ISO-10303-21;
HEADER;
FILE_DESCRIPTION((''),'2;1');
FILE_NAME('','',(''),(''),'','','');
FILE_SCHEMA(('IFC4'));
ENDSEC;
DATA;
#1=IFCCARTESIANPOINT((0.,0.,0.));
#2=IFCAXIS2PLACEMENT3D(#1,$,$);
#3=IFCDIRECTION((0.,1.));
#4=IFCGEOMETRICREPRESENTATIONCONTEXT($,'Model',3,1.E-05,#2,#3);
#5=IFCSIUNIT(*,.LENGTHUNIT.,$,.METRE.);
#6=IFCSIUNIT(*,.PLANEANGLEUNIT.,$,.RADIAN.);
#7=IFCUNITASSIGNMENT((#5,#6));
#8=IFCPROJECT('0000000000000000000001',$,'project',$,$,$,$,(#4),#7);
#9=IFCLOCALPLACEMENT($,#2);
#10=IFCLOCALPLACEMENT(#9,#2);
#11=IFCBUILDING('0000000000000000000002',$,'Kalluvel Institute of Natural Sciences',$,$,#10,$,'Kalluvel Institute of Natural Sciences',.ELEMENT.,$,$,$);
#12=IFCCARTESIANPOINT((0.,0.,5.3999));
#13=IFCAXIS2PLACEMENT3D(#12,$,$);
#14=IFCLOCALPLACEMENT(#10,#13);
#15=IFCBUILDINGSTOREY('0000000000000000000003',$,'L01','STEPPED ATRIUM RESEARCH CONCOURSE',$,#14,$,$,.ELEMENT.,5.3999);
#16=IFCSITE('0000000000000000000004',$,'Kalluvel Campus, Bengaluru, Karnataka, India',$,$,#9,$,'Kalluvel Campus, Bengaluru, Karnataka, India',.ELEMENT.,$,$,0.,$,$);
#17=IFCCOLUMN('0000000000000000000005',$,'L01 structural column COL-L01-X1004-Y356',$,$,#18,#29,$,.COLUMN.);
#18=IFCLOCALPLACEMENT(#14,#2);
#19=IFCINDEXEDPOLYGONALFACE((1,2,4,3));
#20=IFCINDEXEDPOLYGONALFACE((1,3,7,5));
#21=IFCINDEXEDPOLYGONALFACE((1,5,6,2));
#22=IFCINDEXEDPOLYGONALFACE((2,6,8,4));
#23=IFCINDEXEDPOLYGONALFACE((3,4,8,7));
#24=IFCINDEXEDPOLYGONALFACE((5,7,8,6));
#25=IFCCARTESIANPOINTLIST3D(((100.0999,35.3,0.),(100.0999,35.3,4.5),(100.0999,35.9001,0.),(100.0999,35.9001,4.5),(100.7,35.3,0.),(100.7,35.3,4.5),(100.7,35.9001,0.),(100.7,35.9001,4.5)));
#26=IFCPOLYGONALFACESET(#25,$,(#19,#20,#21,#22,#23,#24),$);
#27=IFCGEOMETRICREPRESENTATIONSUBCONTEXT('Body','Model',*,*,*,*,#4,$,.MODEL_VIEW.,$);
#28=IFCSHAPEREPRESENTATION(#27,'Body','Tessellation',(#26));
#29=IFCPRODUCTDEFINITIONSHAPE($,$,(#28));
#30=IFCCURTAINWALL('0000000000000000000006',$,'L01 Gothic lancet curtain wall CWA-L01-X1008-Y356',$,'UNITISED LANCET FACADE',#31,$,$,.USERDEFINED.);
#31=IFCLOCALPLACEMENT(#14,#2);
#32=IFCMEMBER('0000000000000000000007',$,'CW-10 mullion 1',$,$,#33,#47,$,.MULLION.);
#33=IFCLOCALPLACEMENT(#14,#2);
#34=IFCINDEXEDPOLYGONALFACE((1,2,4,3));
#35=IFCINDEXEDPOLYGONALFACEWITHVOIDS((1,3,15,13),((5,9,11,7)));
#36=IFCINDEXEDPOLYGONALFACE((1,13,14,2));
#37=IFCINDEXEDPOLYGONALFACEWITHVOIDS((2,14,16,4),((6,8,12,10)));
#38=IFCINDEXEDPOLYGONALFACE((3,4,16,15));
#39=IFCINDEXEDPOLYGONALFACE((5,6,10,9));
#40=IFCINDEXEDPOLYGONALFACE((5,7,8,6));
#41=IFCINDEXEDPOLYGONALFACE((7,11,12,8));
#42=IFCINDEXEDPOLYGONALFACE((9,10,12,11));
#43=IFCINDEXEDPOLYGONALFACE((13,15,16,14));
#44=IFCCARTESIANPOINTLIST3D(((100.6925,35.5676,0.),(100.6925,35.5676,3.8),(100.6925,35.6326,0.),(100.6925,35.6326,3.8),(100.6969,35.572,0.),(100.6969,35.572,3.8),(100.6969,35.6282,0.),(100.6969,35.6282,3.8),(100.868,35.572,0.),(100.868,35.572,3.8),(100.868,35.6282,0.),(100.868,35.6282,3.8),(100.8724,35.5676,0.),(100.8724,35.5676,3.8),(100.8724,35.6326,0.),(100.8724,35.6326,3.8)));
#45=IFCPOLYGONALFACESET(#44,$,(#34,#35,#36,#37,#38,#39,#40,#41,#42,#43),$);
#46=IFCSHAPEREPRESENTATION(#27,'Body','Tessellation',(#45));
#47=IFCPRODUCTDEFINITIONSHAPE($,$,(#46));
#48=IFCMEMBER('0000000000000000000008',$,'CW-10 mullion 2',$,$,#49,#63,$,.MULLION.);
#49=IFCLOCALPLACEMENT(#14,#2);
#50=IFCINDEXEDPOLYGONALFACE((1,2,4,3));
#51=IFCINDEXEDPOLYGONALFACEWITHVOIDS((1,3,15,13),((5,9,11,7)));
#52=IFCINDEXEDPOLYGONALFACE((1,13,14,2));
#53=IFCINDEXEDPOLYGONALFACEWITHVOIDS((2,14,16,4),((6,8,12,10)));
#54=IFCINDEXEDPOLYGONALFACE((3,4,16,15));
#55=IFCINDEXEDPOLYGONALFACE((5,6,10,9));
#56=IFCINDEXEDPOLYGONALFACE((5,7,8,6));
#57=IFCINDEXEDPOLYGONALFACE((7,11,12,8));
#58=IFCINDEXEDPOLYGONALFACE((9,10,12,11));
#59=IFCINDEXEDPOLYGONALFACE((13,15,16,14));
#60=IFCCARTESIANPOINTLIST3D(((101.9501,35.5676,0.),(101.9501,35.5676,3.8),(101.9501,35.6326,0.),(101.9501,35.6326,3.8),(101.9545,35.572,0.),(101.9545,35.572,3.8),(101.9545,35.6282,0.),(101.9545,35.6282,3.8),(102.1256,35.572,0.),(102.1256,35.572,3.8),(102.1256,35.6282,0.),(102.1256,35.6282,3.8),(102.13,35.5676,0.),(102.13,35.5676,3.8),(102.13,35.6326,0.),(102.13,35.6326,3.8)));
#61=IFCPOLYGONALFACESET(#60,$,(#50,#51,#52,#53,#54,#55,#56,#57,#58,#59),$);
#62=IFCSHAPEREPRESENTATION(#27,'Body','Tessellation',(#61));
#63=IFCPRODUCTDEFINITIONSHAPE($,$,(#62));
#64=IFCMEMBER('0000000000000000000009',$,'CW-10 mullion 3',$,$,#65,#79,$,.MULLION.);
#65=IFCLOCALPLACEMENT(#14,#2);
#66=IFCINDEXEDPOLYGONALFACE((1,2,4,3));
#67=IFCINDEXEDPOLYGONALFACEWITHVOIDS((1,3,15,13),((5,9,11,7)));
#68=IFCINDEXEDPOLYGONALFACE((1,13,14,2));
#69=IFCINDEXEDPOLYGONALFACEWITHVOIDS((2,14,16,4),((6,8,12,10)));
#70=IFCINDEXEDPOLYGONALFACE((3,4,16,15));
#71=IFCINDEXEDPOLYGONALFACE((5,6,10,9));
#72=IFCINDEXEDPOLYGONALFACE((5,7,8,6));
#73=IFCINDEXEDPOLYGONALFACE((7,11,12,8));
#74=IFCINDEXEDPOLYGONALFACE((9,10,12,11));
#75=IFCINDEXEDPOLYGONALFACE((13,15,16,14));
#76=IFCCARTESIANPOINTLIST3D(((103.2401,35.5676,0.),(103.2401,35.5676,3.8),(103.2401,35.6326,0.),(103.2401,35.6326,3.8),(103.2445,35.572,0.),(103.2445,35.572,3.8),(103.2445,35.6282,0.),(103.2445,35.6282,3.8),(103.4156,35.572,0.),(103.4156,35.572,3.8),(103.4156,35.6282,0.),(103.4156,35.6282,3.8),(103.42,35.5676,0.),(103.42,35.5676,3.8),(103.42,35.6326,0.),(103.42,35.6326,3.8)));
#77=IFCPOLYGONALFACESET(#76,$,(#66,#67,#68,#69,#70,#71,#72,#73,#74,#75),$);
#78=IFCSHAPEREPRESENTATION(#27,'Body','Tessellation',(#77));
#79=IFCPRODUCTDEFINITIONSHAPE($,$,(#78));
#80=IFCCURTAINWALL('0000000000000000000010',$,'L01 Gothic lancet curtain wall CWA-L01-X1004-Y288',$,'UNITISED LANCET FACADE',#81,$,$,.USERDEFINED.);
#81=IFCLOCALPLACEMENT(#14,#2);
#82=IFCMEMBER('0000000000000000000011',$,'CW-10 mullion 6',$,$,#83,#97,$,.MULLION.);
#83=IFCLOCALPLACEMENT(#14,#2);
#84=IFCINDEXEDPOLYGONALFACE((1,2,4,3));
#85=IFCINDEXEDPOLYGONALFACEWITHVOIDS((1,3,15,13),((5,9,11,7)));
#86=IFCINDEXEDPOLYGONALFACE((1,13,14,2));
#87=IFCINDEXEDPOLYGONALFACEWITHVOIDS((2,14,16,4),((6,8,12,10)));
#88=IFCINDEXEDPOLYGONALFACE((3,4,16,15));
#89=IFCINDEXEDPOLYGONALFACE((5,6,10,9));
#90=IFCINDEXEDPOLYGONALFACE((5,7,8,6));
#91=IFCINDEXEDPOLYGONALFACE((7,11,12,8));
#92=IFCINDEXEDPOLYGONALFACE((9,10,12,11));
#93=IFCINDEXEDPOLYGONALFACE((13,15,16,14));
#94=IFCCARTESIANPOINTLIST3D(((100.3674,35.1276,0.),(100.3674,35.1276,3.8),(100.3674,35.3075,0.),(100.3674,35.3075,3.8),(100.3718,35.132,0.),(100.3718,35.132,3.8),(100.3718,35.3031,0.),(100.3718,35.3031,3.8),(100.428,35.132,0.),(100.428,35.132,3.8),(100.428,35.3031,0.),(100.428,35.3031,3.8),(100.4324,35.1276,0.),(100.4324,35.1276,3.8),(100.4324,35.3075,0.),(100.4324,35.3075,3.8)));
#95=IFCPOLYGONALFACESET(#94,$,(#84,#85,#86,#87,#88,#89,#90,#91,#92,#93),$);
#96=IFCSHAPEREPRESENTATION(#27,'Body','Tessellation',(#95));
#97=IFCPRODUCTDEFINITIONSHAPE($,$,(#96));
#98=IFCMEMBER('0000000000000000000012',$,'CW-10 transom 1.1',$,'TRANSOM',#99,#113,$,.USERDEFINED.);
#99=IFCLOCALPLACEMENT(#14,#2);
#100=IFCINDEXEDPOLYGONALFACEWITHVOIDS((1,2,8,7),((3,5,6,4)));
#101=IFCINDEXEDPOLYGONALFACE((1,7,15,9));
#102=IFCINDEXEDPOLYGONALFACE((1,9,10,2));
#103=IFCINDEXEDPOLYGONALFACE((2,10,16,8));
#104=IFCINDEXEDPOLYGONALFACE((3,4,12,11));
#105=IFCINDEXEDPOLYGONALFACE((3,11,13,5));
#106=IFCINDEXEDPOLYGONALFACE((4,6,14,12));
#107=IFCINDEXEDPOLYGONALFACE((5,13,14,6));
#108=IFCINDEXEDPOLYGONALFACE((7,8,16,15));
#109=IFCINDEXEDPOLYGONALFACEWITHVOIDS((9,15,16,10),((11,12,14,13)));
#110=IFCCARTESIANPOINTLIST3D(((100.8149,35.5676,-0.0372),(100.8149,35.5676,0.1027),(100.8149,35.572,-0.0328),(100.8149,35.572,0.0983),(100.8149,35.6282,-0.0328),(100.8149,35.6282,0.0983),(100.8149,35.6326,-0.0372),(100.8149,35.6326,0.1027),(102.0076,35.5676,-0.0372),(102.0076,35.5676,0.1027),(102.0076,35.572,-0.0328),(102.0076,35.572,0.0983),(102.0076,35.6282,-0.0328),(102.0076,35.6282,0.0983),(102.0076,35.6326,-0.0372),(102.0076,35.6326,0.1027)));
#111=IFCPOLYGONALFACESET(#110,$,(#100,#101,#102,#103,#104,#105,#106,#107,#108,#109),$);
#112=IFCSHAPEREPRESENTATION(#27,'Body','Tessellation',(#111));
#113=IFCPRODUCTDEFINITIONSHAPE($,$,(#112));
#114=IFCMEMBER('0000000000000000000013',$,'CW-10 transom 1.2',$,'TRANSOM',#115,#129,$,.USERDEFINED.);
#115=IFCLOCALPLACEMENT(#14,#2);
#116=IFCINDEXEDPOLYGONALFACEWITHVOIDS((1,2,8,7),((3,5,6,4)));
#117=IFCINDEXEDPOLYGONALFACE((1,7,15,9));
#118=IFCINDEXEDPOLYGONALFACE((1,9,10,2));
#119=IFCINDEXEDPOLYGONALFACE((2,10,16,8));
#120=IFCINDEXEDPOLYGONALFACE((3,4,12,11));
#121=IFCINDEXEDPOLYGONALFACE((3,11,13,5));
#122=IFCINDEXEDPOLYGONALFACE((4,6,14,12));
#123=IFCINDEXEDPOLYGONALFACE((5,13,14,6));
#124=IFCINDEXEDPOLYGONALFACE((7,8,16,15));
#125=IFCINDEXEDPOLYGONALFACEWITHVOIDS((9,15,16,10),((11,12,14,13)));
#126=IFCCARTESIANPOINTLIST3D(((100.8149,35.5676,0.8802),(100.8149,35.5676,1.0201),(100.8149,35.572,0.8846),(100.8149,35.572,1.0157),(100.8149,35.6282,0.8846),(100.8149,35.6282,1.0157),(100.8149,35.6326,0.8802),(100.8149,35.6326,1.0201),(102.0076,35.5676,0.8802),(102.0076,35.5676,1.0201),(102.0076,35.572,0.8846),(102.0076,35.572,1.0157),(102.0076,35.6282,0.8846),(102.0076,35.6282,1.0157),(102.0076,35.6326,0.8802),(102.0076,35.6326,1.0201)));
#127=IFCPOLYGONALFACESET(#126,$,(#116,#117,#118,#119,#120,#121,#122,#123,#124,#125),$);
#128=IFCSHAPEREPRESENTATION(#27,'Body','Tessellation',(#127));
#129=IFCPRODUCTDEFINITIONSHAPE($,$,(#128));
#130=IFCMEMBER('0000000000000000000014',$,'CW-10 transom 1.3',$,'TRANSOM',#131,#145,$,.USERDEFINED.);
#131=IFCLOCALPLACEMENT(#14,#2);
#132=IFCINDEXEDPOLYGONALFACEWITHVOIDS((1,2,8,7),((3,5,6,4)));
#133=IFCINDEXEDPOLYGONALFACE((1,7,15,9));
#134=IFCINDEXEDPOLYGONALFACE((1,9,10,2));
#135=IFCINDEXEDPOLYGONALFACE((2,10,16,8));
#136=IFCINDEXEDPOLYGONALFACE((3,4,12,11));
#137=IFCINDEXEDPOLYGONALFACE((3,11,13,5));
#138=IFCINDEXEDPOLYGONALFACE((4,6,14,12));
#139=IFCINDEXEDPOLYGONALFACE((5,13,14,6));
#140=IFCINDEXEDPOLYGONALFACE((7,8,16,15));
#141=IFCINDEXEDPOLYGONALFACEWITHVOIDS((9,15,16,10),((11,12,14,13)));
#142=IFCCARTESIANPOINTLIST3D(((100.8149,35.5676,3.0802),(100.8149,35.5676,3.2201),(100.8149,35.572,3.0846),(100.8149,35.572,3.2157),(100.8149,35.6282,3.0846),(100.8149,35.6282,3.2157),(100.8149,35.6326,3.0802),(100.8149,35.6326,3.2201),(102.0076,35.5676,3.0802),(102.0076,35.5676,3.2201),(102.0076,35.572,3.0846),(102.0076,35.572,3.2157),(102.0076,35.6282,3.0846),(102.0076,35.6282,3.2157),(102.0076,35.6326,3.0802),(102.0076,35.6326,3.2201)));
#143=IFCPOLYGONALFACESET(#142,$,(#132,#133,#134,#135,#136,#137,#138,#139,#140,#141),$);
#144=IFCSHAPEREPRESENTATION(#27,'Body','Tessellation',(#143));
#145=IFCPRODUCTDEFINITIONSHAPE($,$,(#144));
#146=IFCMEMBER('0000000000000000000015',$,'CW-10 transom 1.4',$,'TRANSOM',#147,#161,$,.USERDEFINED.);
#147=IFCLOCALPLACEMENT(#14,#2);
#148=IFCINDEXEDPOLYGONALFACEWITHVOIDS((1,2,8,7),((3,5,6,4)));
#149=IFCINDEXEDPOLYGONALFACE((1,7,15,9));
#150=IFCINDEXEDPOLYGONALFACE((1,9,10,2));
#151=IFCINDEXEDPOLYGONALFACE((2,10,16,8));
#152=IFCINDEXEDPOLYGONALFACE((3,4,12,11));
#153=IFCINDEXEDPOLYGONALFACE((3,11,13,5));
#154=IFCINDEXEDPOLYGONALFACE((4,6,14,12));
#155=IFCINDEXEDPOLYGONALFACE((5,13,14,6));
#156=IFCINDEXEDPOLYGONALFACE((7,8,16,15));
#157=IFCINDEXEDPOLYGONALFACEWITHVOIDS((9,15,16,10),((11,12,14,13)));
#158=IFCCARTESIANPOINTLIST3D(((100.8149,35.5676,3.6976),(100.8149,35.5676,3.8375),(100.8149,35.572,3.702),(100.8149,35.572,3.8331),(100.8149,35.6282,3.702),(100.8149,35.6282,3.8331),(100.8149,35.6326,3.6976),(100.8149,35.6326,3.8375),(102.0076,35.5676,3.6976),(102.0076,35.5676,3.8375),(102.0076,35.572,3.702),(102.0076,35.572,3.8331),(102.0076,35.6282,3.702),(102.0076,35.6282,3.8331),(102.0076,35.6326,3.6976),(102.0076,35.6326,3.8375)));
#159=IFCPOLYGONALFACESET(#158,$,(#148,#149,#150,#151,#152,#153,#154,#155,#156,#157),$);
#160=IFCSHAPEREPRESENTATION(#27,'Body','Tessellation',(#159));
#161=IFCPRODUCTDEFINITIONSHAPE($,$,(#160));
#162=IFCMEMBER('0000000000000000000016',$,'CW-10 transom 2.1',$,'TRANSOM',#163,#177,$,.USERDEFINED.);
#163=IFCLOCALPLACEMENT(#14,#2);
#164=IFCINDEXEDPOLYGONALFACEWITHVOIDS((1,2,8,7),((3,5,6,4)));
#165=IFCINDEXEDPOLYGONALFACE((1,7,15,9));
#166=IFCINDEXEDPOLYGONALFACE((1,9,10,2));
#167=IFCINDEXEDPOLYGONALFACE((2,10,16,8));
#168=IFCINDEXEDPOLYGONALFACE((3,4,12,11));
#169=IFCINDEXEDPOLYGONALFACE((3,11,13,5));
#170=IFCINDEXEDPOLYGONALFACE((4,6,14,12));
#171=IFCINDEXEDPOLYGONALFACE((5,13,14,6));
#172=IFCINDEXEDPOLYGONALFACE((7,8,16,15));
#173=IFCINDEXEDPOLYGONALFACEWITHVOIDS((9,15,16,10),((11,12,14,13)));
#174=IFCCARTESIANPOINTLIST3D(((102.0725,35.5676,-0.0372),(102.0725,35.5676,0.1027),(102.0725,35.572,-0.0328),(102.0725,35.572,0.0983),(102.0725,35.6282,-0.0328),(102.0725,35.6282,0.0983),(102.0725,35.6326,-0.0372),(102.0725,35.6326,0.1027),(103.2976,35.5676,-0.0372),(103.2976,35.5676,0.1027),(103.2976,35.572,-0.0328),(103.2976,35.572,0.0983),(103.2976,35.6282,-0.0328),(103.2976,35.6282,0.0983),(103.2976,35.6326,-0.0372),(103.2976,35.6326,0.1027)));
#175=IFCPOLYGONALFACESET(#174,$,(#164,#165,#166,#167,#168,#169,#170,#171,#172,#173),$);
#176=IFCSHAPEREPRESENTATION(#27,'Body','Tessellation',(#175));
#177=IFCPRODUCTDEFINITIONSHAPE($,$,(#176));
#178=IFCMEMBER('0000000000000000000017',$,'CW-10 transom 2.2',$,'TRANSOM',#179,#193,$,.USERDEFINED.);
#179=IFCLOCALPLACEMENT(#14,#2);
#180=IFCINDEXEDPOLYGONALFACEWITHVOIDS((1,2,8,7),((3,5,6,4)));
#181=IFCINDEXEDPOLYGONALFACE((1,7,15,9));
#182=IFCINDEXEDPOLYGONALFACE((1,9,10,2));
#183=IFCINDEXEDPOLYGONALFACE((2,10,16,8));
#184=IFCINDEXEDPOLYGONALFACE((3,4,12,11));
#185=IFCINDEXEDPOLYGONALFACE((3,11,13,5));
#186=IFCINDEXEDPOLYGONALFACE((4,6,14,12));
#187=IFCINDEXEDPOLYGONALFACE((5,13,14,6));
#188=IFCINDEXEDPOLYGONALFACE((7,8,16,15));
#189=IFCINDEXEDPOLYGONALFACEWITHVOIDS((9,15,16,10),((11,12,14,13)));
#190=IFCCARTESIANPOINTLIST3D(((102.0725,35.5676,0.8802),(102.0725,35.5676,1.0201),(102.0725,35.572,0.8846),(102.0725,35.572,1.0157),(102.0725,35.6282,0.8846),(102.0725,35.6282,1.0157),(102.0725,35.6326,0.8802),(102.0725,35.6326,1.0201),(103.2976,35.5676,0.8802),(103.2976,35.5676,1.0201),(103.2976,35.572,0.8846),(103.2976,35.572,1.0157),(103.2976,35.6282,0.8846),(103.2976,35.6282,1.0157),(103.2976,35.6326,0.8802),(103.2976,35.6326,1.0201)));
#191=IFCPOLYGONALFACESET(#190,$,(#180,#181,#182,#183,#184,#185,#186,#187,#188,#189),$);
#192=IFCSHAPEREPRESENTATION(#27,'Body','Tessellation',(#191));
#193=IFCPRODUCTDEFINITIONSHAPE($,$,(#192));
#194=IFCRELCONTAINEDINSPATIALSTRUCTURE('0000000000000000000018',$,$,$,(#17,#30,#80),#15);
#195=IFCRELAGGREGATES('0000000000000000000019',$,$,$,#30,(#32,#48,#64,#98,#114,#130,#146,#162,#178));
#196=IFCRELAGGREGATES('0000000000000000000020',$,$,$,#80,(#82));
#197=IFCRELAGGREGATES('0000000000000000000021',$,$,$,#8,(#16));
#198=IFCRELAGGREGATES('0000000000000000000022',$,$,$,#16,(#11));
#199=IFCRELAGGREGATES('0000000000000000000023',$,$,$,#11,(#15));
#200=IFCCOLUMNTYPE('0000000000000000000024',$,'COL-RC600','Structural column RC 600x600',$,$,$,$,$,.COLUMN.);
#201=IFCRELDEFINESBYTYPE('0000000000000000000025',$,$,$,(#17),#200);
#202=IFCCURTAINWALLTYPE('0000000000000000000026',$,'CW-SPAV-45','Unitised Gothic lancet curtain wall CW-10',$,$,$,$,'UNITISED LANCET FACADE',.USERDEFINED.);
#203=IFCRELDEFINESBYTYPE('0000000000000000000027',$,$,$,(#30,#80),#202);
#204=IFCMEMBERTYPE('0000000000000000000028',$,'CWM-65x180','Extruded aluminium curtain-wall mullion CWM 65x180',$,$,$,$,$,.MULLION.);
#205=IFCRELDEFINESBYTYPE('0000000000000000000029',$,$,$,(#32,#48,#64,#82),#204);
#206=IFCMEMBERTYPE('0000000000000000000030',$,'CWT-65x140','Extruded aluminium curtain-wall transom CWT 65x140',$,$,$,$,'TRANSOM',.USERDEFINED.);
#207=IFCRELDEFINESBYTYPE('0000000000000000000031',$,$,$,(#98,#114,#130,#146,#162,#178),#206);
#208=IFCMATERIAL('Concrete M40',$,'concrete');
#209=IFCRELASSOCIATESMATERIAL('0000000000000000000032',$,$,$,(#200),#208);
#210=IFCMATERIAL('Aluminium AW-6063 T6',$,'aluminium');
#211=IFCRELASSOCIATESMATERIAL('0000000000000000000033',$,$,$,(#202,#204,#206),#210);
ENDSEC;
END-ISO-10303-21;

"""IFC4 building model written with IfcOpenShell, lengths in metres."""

from ifc_helpers import new_model, si_unit, direction, frame, origin, origin_2d, place, context, subcontext, project, spatial, rectangle, hollow_rectangle, extrude, material, material_profile, profile_set, type_object, element, aggregate, save


model = new_model("IFC4")

# Units and contexts
model_context = context("Model", 3, precision=1e-05, world=origin(), true_north=direction((0.0, 1.0)))
body_context = subcontext(model_context, "Body", "Model", "MODEL_VIEW")
ifc_project = project(units=[si_unit("LENGTHUNIT", "METRE"), si_unit("PLANEANGLEUNIT", "RADIAN")], contexts=[model_context])

# Site, building, storey
site_placement = place(None, origin())
site = spatial("IfcSite", under=ifc_project, at=site_placement, Name="Kalluvel Campus, Bengaluru, Karnataka, India", LongName="Kalluvel Campus, Bengaluru, Karnataka, India", CompositionType="ELEMENT", RefElevation=0.0)
building_placement = place(site_placement, origin())
building = spatial("IfcBuilding", under=site, at=building_placement, Name="Kalluvel Institute of Natural Sciences", LongName="Kalluvel Institute of Natural Sciences", CompositionType="ELEMENT")
storey_placement = place(building_placement, frame((0.0, 0.0, 5.3999)))
storey = spatial("IfcBuildingStorey", under=building, at=storey_placement, Name="L01", Description="STEPPED ATRIUM RESEARCH CONCOURSE", CompositionType="ELEMENT", Elevation=5.3999)

# Column
ifc_material_1 = material(Name="Concrete M40", Category="concrete")
ifc_material_profile_1 = material_profile(ifc_material_1, rectangle(XDim=0.6001, YDim=0.6001, at=origin_2d()), Name="RC 600x600")
ifc_profile_set_1 = profile_set([ifc_material_profile_1], Name="Concrete M40")
column_type = type_object("IfcColumnType", Name="COL-RC600", Description="Structural column RC 600x600", PredefinedType="COLUMN", material=ifc_profile_set_1)
column_placement = place(storey_placement, frame((100.3999, 35.6001, 0.0), z_axis=(0.0, 0.0, 1.0), x_axis=(1.0, 0.0, 0.0)))
element("IfcColumn", 1, at=column_placement, inside=storey, type_object=column_type, Name="L01 structural column COL-L01-X1004-Y356", PredefinedType="COLUMN", context=body_context, shape_type="SweptSolid", body=[
    extrude(rectangle(XDim=0.6001, YDim=0.6001, at=origin_2d()), origin(), (0.0, 0.0, 1.0), 4.5),
])

# Curtain wall, members
ifc_material_2 = material(Name="Aluminium AW-6063 T6", Category="aluminium")
curtain_wall_type = type_object("IfcCurtainWallType", Name="CW-SPAV-45", Description="Unitised Gothic lancet curtain wall CW-10", ElementType="UNITISED LANCET FACADE", PredefinedType="USERDEFINED", material=ifc_material_2)
curtain_wall_1_placement = place(storey_placement, origin())
curtain_wall_1 = element("IfcCurtainWall", 2, at=curtain_wall_1_placement, inside=storey, type_object=curtain_wall_type, Name="L01 Gothic lancet curtain wall CWA-L01-X1008-Y356", ObjectType="UNITISED LANCET FACADE", PredefinedType="USERDEFINED")
ifc_material_profile_2 = material_profile(ifc_material_2, hollow_rectangle(XDim=0.0649, YDim=0.1799, WallThickness=0.0044, at=origin_2d()), Name="CWM 65x180")
ifc_profile_set_2 = profile_set([ifc_material_profile_2], Name="Aluminium AW-6063 T6")
member_type_1 = type_object("IfcMemberType", Name="CWM-65x180", Description="Extruded aluminium curtain-wall mullion CWM 65x180", PredefinedType="MULLION", material=ifc_profile_set_2)
member_1_placement = place(storey_placement, frame((100.7825, 35.6001, 0.0), z_axis=(0.0, 0.0, 1.0), x_axis=(0.0, 1.0, 0.0)))
member_1 = element("IfcMember", 3, at=member_1_placement, type_object=member_type_1, Name="CW-10 mullion 1", PredefinedType="MULLION", context=body_context, shape_type="SweptSolid", body=[
    extrude(hollow_rectangle(XDim=0.0649, YDim=0.1799, WallThickness=0.0044, at=origin_2d()), origin(), (0.0, 0.0, 1.0), 3.8),
])
member_2_placement = place(storey_placement, frame((102.04, 35.6001, 0.0), z_axis=(0.0, 0.0, 1.0), x_axis=(0.0, 1.0, 0.0)))
member_2 = element("IfcMember", 4, at=member_2_placement, type_object=member_type_1, Name="CW-10 mullion 2", PredefinedType="MULLION", context=body_context, shape_type="SweptSolid", body=[
    extrude(hollow_rectangle(XDim=0.0649, YDim=0.1799, WallThickness=0.0044, at=origin_2d()), origin(), (0.0, 0.0, 1.0), 3.8),
])
member_3_placement = place(storey_placement, frame((103.3301, 35.6001, 0.0), z_axis=(0.0, 0.0, 1.0), x_axis=(0.0, 1.0, 0.0)))
member_3 = element("IfcMember", 5, at=member_3_placement, type_object=member_type_1, Name="CW-10 mullion 3", PredefinedType="MULLION", context=body_context, shape_type="SweptSolid", body=[
    extrude(hollow_rectangle(XDim=0.0649, YDim=0.1799, WallThickness=0.0044, at=origin_2d()), origin(), (0.0, 0.0, 1.0), 3.8),
])

# Curtain wall, member
curtain_wall_2_placement = place(storey_placement, origin())
curtain_wall_2 = element("IfcCurtainWall", 6, at=curtain_wall_2_placement, inside=storey, type_object=curtain_wall_type, Name="L01 Gothic lancet curtain wall CWA-L01-X1004-Y288", ObjectType="UNITISED LANCET FACADE", PredefinedType="USERDEFINED")
member_4_placement = place(storey_placement, frame((100.3999, 35.2175, 0.0), z_axis=(0.0, 0.0, 1.0), x_axis=(-1.0, 0.0, 0.0)))
member_4 = element("IfcMember", 7, at=member_4_placement, type_object=member_type_1, Name="CW-10 mullion 6", PredefinedType="MULLION", context=body_context, shape_type="SweptSolid", body=[
    extrude(hollow_rectangle(XDim=0.0649, YDim=0.1799, WallThickness=0.0044, at=origin_2d()), origin(), (0.0, 0.0, 1.0), 3.8),
])

# Members
ifc_material_profile_3 = material_profile(ifc_material_2, hollow_rectangle(XDim=0.0649, YDim=0.1399, WallThickness=0.0044, at=origin_2d()), Name="CWT 65x140")
ifc_profile_set_3 = profile_set([ifc_material_profile_3], Name="Aluminium AW-6063 T6")
member_type_2 = type_object("IfcMemberType", Name="CWT-65x140", Description="Extruded aluminium curtain-wall transom CWT 65x140", ElementType="TRANSOM", PredefinedType="USERDEFINED", material=ifc_profile_set_3)
member_5_placement = place(storey_placement, frame((100.8149, 35.6001, 0.0327), z_axis=(1.0, 0.0, 0.0), x_axis=(0.0, 1.0, 0.0)))
member_5 = element("IfcMember", 8, at=member_5_placement, type_object=member_type_2, Name="CW-10 transom 1.1", ObjectType="TRANSOM", PredefinedType="USERDEFINED", context=body_context, shape_type="SweptSolid", body=[
    extrude(hollow_rectangle(XDim=0.0649, YDim=0.1399, WallThickness=0.0044, at=origin_2d()), origin(), (0.0, 0.0, 1.0), 1.1926),
])
member_6_placement = place(storey_placement, frame((100.8149, 35.6001, 0.9502), z_axis=(1.0, 0.0, 0.0), x_axis=(0.0, 1.0, 0.0)))
member_6 = element("IfcMember", 9, at=member_6_placement, type_object=member_type_2, Name="CW-10 transom 1.2", ObjectType="TRANSOM", PredefinedType="USERDEFINED", context=body_context, shape_type="SweptSolid", body=[
    extrude(hollow_rectangle(XDim=0.0649, YDim=0.1399, WallThickness=0.0044, at=origin_2d()), origin(), (0.0, 0.0, 1.0), 1.1926),
])
member_7_placement = place(storey_placement, frame((100.8149, 35.6001, 3.1501), z_axis=(1.0, 0.0, 0.0), x_axis=(0.0, 1.0, 0.0)))
member_7 = element("IfcMember", 10, at=member_7_placement, type_object=member_type_2, Name="CW-10 transom 1.3", ObjectType="TRANSOM", PredefinedType="USERDEFINED", context=body_context, shape_type="SweptSolid", body=[
    extrude(hollow_rectangle(XDim=0.0649, YDim=0.1399, WallThickness=0.0044, at=origin_2d()), origin(), (0.0, 0.0, 1.0), 1.1926),
])
member_8_placement = place(storey_placement, frame((100.8149, 35.6001, 3.7676), z_axis=(1.0, 0.0, 0.0), x_axis=(0.0, 1.0, 0.0)))
member_8 = element("IfcMember", 11, at=member_8_placement, type_object=member_type_2, Name="CW-10 transom 1.4", ObjectType="TRANSOM", PredefinedType="USERDEFINED", context=body_context, shape_type="SweptSolid", body=[
    extrude(hollow_rectangle(XDim=0.0649, YDim=0.1399, WallThickness=0.0044, at=origin_2d()), origin(), (0.0, 0.0, 1.0), 1.1926),
])
member_9_placement = place(storey_placement, frame((102.0725, 35.6001, 0.0327), z_axis=(1.0, 0.0, 0.0), x_axis=(0.0, 1.0, 0.0)))
member_9 = element("IfcMember", 12, at=member_9_placement, type_object=member_type_2, Name="CW-10 transom 2.1", ObjectType="TRANSOM", PredefinedType="USERDEFINED", context=body_context, shape_type="SweptSolid", body=[
    extrude(hollow_rectangle(XDim=0.0649, YDim=0.1399, WallThickness=0.0044, at=origin_2d()), origin(), (0.0, 0.0, 1.0), 1.2251),
])
member_10_placement = place(storey_placement, frame((102.0725, 35.6001, 0.9502), z_axis=(1.0, 0.0, 0.0), x_axis=(0.0, 1.0, 0.0)))
member_10 = element("IfcMember", 13, at=member_10_placement, type_object=member_type_2, Name="CW-10 transom 2.2", ObjectType="TRANSOM", PredefinedType="USERDEFINED", context=body_context, shape_type="SweptSolid", body=[
    extrude(hollow_rectangle(XDim=0.0649, YDim=0.1399, WallThickness=0.0044, at=origin_2d()), origin(), (0.0, 0.0, 1.0), 1.2251),
])

aggregate(curtain_wall_1, [member_1, member_2, member_3, member_5, member_6, member_7, member_8, member_9, member_10])
aggregate(curtain_wall_2, [member_4])

save(model, "model.ifc")
